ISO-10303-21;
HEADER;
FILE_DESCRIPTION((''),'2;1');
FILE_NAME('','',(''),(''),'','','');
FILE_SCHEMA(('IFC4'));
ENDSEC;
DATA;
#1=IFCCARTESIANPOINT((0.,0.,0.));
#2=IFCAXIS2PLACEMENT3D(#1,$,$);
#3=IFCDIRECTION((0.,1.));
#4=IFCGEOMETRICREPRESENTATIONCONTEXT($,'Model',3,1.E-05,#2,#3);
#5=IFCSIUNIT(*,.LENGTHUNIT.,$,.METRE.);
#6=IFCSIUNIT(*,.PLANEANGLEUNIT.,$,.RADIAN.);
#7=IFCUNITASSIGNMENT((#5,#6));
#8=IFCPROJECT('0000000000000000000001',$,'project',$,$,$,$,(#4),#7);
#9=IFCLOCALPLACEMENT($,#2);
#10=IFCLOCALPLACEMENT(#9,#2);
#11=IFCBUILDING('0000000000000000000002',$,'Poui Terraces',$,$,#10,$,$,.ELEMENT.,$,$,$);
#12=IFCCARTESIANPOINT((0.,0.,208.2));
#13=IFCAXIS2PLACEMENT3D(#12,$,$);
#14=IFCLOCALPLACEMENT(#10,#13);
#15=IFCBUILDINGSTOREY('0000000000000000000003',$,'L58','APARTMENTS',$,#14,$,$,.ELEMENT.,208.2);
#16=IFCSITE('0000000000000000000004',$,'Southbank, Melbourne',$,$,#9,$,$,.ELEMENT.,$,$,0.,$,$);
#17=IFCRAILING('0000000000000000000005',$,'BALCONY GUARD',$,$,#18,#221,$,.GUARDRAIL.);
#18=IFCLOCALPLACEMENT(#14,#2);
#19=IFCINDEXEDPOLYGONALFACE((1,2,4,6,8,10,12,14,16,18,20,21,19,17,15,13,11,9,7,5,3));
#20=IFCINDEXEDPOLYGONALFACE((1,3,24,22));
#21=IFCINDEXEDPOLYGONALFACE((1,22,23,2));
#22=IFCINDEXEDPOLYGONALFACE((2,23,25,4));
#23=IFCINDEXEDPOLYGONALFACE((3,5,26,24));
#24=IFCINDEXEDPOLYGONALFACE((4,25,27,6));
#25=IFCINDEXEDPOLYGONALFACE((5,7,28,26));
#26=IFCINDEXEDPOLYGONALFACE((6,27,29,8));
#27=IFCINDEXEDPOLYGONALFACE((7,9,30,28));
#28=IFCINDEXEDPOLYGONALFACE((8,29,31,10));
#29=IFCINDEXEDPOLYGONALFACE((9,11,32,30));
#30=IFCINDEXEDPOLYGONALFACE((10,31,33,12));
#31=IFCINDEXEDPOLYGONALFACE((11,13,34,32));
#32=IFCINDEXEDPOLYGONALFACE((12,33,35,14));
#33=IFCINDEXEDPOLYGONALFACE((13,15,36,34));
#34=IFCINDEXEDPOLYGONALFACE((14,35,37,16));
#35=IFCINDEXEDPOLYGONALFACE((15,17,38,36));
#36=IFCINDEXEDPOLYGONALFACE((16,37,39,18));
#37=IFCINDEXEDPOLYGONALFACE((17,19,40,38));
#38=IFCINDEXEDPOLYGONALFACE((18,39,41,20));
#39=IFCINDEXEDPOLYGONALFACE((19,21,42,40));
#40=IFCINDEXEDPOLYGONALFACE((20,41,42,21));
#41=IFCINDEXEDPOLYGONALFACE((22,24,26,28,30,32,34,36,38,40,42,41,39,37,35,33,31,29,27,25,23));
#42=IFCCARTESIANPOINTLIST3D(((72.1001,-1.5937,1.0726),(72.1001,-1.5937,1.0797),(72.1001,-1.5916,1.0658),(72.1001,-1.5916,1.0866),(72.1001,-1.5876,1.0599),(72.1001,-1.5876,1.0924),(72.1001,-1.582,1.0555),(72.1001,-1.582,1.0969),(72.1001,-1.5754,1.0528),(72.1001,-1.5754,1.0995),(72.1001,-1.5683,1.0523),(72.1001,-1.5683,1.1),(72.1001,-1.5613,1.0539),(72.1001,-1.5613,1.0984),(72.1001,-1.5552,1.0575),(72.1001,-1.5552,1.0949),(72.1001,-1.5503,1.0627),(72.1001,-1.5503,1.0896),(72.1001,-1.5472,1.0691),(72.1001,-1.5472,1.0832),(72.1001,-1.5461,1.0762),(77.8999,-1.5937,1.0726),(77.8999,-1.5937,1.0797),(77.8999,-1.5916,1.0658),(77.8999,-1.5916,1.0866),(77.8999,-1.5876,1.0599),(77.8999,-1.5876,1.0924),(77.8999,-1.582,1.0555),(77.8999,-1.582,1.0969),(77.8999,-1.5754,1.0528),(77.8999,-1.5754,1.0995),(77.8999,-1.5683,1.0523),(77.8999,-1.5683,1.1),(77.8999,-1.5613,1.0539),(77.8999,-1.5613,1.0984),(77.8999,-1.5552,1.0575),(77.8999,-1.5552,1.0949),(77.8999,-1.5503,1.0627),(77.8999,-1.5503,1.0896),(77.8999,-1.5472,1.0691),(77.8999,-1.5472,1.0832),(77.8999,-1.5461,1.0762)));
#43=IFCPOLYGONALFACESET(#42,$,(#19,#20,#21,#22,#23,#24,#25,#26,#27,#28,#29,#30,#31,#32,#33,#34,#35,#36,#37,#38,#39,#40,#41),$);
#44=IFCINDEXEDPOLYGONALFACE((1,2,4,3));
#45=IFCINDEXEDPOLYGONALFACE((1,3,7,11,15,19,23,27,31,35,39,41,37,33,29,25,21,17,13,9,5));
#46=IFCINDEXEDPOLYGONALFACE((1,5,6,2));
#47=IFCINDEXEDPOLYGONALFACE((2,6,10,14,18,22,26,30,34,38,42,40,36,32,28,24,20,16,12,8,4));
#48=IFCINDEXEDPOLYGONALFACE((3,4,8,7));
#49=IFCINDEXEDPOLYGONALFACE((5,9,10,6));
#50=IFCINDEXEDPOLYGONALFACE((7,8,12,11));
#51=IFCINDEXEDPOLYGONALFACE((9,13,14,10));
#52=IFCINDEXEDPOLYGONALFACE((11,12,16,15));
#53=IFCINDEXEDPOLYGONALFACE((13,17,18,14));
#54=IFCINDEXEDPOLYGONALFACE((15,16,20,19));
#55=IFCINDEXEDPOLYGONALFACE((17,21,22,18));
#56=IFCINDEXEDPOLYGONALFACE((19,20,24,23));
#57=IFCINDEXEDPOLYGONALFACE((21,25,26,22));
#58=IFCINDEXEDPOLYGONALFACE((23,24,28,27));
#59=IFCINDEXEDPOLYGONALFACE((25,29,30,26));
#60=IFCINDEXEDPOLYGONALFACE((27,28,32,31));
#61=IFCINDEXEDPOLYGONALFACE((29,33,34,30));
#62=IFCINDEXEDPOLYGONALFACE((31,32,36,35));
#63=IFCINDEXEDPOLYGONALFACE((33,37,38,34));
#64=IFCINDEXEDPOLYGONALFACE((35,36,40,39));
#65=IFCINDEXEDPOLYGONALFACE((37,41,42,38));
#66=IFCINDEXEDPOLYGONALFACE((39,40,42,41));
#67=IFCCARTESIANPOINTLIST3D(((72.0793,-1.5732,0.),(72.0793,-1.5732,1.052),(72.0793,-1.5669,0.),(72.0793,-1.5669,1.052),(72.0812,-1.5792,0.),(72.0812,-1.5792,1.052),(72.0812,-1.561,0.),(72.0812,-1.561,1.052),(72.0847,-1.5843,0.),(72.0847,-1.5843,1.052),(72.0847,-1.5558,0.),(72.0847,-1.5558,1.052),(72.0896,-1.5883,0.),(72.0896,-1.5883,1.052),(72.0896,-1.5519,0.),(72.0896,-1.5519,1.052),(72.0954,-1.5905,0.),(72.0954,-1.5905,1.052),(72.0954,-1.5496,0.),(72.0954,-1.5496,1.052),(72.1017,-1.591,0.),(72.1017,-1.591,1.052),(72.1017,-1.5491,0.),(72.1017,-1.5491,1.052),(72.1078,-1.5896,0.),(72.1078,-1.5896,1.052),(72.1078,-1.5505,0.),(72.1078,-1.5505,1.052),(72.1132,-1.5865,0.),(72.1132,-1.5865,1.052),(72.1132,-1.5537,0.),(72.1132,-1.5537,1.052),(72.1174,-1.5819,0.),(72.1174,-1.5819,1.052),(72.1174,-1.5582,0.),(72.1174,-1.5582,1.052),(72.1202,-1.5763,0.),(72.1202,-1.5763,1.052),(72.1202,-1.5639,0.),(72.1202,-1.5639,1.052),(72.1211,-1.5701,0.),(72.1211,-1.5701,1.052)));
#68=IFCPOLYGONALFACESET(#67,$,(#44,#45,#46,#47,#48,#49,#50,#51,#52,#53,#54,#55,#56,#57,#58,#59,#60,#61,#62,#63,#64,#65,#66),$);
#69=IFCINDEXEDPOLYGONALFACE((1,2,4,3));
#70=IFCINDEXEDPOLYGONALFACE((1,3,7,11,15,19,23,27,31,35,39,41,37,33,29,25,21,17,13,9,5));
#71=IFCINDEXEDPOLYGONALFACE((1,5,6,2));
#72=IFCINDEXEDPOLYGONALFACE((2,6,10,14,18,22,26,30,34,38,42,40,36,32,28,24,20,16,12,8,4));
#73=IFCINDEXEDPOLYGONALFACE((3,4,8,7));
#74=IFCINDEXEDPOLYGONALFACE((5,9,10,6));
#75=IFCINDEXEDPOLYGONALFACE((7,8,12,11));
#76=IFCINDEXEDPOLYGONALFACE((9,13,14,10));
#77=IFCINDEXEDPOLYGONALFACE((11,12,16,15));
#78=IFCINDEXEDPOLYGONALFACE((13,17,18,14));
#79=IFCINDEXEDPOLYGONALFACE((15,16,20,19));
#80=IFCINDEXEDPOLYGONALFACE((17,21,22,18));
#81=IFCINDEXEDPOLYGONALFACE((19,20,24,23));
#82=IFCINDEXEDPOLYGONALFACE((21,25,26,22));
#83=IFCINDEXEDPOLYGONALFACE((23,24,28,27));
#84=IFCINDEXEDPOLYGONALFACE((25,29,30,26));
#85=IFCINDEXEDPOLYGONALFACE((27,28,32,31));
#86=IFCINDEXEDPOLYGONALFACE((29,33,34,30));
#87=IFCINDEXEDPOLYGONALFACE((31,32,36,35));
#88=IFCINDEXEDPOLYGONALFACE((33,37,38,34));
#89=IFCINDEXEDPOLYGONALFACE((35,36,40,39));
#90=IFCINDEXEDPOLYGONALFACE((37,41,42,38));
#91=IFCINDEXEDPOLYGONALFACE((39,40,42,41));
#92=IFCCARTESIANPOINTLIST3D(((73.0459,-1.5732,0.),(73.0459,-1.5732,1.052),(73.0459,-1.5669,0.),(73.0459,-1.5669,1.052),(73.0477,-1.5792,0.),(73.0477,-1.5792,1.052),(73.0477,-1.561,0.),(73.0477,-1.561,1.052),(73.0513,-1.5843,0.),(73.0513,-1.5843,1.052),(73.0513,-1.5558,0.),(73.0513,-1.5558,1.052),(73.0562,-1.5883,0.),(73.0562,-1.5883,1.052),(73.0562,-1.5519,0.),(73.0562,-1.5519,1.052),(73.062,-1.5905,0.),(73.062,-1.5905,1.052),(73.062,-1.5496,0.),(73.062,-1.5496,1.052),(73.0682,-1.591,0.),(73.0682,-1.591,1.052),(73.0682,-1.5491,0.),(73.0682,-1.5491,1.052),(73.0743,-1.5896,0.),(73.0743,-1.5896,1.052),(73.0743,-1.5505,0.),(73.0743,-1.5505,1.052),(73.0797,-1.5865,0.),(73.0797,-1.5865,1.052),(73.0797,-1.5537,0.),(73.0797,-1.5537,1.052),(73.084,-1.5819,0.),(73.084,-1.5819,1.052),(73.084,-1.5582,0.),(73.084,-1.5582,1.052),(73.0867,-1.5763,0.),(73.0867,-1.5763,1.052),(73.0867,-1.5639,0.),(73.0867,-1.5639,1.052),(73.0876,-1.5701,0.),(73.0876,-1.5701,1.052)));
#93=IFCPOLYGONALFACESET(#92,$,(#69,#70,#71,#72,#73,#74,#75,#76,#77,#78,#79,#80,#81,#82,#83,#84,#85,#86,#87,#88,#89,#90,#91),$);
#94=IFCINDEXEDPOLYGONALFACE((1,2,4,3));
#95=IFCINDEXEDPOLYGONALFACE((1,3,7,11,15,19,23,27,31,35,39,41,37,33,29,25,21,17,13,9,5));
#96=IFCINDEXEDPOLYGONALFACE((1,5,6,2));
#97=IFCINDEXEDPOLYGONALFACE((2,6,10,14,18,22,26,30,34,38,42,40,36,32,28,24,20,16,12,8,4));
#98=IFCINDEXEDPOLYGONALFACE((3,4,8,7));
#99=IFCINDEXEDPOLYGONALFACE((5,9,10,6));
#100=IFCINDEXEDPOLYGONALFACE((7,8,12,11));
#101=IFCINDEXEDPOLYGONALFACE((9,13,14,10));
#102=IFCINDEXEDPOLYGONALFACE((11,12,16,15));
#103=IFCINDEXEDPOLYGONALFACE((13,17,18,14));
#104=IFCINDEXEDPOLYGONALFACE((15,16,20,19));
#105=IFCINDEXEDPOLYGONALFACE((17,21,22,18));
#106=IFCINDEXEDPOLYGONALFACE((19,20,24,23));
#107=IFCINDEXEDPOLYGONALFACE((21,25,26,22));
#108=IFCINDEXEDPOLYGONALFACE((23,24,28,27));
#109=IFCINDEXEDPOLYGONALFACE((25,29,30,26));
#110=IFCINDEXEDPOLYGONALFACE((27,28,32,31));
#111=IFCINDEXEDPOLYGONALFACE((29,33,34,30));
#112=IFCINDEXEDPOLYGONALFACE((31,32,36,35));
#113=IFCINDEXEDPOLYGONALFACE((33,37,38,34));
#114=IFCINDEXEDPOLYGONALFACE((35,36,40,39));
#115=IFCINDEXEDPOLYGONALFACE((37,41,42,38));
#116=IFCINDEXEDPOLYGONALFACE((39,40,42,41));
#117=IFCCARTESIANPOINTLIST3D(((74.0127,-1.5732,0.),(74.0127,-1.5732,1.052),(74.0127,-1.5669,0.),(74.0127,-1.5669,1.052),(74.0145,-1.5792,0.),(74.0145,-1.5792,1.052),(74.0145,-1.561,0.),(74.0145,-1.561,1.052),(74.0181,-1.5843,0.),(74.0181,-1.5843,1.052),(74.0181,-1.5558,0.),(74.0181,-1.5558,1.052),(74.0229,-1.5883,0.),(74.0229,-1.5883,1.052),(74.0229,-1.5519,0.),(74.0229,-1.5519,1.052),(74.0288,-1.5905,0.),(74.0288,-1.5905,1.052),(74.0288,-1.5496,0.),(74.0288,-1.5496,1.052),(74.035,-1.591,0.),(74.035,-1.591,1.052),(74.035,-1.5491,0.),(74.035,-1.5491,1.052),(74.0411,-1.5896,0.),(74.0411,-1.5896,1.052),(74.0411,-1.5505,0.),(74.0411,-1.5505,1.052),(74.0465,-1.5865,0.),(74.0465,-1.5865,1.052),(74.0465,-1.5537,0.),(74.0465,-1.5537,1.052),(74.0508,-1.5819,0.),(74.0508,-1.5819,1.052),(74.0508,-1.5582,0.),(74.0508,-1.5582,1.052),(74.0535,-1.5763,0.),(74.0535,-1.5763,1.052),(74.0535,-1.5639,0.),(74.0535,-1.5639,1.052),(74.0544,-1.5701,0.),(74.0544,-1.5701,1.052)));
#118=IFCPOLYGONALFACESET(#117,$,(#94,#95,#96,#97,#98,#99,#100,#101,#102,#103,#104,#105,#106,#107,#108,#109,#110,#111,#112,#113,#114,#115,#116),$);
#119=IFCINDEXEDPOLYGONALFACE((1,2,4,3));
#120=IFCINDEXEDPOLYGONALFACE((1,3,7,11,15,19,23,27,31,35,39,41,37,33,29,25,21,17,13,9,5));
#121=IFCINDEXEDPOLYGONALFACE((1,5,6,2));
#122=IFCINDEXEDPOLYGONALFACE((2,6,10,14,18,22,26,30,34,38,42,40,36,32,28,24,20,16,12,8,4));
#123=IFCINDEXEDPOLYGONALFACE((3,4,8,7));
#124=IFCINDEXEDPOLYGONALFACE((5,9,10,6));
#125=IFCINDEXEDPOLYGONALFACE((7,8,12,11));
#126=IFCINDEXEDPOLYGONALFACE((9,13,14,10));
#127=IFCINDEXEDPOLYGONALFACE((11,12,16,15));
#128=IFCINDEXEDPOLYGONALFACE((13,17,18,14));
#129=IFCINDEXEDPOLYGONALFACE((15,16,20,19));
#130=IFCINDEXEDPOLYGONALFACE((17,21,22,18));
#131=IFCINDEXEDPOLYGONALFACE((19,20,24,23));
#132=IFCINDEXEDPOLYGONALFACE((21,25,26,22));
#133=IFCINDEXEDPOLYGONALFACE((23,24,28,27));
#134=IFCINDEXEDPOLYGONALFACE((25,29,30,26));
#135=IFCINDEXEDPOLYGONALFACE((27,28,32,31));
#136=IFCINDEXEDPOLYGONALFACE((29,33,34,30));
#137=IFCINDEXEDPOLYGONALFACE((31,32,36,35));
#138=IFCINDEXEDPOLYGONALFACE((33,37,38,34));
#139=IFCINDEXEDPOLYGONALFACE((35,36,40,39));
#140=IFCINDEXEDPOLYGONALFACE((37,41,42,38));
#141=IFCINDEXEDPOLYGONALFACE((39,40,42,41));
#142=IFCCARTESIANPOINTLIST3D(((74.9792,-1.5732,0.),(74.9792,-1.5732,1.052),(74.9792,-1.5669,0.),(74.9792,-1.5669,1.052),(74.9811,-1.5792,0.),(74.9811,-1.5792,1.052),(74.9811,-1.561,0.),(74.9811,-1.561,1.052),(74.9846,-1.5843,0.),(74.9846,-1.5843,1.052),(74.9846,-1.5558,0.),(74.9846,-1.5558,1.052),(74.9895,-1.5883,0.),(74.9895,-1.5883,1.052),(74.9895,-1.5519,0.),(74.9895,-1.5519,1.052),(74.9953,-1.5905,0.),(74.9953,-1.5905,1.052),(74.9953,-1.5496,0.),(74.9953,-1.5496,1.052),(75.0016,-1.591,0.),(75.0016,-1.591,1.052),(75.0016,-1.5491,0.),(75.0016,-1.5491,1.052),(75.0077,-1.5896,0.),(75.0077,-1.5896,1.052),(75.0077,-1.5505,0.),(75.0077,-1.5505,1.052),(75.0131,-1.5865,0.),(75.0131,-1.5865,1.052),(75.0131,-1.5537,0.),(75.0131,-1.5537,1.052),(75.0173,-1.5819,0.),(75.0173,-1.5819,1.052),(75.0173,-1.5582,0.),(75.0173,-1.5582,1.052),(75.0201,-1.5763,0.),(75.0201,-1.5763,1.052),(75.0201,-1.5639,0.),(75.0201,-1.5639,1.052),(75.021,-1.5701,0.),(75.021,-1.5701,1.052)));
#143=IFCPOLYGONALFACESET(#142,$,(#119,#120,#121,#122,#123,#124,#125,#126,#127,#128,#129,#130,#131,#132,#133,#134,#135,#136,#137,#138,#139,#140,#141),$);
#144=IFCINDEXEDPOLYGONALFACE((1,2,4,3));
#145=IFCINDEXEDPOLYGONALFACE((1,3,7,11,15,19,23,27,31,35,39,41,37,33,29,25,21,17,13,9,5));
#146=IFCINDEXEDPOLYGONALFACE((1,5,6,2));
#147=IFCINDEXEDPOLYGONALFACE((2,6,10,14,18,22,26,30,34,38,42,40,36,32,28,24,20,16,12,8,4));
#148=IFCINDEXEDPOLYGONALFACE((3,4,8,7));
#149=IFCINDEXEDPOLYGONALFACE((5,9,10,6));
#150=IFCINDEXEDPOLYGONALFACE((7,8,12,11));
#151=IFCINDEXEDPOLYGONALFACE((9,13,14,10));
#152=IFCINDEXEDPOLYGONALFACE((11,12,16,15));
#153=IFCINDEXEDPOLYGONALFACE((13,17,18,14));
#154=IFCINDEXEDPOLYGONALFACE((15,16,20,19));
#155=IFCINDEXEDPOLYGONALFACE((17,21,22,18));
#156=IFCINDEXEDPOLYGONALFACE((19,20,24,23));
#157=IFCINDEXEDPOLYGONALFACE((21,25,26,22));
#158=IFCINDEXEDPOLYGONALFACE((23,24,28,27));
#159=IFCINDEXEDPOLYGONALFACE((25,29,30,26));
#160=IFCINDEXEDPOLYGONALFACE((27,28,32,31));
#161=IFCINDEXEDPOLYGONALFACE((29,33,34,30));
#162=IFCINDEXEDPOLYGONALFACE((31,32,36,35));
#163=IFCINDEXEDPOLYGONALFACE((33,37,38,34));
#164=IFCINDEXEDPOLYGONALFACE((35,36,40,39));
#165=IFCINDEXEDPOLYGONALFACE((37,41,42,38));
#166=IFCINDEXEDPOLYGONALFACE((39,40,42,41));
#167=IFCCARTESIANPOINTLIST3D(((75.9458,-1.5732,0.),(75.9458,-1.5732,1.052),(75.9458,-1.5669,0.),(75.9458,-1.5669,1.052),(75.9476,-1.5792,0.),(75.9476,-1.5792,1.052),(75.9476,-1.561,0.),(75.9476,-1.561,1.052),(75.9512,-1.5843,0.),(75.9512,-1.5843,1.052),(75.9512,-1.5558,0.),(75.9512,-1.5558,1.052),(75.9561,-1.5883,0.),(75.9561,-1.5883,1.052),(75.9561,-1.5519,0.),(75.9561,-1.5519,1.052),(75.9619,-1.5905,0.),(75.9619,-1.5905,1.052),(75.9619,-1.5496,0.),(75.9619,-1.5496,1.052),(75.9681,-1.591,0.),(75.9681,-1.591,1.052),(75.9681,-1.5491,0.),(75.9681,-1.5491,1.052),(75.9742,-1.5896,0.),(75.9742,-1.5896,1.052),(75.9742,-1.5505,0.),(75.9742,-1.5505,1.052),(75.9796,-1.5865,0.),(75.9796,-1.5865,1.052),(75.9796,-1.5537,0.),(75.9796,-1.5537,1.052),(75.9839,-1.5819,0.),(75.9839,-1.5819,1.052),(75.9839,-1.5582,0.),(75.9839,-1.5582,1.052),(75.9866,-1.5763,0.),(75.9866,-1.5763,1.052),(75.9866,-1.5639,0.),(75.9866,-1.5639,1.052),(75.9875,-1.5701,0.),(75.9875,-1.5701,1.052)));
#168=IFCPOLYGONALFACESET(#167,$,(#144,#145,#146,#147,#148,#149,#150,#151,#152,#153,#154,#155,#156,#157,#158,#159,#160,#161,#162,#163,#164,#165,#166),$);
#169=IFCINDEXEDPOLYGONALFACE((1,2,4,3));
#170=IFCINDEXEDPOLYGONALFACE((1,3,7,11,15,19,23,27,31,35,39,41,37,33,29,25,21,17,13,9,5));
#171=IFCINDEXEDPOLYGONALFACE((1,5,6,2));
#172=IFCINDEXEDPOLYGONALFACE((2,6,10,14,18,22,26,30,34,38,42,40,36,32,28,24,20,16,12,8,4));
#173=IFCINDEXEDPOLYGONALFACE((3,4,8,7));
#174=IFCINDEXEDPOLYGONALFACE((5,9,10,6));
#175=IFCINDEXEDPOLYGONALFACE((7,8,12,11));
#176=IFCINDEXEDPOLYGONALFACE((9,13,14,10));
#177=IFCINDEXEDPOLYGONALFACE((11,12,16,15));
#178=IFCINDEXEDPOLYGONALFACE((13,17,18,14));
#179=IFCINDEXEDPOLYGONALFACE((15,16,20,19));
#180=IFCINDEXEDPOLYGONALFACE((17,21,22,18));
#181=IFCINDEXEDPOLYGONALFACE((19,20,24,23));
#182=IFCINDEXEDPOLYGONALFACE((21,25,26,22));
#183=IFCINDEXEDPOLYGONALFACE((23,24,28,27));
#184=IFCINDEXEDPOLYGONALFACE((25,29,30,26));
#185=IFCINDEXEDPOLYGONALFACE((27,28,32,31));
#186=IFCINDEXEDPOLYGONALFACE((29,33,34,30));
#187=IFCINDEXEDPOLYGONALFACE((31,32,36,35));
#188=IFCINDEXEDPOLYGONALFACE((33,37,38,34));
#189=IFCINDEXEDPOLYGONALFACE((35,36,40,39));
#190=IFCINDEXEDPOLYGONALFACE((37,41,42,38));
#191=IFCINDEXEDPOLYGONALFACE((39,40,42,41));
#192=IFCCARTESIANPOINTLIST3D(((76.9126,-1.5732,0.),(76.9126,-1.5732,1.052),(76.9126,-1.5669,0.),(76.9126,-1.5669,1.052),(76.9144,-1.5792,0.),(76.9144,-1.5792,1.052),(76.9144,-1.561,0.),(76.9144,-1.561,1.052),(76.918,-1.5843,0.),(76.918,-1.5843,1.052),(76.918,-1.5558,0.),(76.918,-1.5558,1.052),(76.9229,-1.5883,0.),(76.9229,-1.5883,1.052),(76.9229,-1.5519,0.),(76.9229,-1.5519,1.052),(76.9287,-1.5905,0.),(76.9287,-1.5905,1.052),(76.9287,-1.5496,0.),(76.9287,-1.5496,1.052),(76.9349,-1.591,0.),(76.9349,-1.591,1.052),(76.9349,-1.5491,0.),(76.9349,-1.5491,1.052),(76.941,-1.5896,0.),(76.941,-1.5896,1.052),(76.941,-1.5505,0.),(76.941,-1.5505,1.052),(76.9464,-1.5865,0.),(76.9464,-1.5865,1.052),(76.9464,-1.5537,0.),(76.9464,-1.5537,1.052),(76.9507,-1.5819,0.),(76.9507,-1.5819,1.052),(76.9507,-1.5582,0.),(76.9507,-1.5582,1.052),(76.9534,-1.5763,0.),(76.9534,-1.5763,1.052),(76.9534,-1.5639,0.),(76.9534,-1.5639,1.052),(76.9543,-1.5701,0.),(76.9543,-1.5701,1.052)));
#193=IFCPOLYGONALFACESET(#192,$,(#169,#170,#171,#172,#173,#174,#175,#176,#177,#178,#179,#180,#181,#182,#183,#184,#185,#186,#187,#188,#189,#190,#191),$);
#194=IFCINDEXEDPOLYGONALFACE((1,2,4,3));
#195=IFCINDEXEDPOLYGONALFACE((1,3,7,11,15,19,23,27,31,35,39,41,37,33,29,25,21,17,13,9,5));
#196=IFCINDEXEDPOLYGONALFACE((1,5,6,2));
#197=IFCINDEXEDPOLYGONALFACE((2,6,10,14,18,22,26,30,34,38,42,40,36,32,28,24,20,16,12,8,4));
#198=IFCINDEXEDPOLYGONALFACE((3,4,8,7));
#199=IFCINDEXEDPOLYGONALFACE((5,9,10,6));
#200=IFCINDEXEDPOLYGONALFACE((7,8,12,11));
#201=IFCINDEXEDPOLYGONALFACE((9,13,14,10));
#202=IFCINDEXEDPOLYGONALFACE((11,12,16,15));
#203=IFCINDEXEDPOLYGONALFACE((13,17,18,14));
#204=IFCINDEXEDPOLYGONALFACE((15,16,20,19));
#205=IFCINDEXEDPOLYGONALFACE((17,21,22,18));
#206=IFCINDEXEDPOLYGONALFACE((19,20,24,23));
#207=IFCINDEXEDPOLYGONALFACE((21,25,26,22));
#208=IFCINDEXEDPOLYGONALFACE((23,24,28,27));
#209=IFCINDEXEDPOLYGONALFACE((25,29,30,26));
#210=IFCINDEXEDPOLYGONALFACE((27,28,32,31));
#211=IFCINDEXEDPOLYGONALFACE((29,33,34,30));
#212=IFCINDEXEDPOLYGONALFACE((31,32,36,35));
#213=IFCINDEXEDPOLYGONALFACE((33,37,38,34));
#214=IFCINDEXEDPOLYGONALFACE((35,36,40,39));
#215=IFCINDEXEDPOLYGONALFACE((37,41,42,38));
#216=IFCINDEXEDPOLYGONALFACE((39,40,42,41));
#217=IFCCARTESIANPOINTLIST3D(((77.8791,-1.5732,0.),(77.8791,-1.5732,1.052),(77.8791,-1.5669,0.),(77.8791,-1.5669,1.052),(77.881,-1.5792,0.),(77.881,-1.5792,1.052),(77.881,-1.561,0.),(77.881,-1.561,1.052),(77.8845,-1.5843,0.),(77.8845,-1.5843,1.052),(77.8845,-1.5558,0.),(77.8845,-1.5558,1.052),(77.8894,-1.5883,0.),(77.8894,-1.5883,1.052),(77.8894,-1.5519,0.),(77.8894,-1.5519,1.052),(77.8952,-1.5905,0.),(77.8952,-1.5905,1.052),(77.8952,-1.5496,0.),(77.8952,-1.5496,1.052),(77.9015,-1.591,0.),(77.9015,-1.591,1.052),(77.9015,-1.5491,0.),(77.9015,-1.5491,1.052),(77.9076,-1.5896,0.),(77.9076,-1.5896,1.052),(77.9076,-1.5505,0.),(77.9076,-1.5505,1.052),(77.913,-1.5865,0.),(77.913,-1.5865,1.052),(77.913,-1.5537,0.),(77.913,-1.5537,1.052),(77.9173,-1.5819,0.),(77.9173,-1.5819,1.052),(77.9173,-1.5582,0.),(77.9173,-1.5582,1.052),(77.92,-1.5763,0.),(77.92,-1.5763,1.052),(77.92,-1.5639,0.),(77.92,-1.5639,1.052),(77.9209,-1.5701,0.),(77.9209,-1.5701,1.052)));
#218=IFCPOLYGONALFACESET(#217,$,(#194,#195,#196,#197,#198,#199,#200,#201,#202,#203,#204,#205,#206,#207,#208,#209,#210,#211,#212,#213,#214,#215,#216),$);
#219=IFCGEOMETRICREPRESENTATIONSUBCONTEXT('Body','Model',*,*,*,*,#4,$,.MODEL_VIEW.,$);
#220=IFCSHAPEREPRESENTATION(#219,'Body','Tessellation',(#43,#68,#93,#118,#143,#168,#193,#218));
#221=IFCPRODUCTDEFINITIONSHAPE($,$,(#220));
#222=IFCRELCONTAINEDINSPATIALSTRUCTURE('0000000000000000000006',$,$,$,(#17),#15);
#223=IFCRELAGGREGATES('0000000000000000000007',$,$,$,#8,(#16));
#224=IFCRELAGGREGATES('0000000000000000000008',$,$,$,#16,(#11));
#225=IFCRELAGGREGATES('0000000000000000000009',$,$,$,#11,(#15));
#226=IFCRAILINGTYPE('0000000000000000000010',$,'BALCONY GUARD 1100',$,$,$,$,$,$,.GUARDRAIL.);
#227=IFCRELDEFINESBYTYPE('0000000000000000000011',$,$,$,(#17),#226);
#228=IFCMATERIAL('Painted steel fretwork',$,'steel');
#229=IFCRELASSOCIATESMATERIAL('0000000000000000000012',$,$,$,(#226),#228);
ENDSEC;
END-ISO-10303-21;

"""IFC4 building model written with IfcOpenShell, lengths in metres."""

from ifc_helpers import new_model, si_unit, direction, frame, origin, origin_2d, place, context, subcontext, project, spatial, circle, extrude, material, type_object, element, save


model = new_model("IFC4")

# Units and contexts
model_context = context("Model", 3, precision=1e-05, world=origin(), true_north=direction((0.0, 1.0)))
body_context = subcontext(model_context, "Body", "Model", "MODEL_VIEW")
ifc_project = project(units=[si_unit("LENGTHUNIT", "METRE"), si_unit("PLANEANGLEUNIT", "RADIAN")], contexts=[model_context])

# Site, building, storey
site_placement = place(None, origin())
site = spatial("IfcSite", under=ifc_project, at=site_placement, Name="Southbank, Melbourne", CompositionType="ELEMENT", RefElevation=0.0)
building_placement = place(site_placement, origin())
building = spatial("IfcBuilding", under=site, at=building_placement, Name="Poui Terraces", CompositionType="ELEMENT")
storey_placement = place(building_placement, frame((0.0, 0.0, 208.2)))
storey = spatial("IfcBuildingStorey", under=building, at=storey_placement, Name="L58", Description="APARTMENTS", CompositionType="ELEMENT", Elevation=208.2)

# Railing
ifc_material_1 = material(Name="Painted steel fretwork", Category="steel")
railing_type = type_object("IfcRailingType", Name="BALCONY GUARD 1100", PredefinedType="GUARDRAIL", material=ifc_material_1)
railing_placement = place(storey_placement, frame((72.1001, -1.5701, 0.0)))
element("IfcRailing", 1, at=railing_placement, inside=storey, type_object=railing_type, Name="BALCONY GUARD", PredefinedType="GUARDRAIL", context=body_context, shape_type="SweptSolid", body=[
    extrude(circle(Radius=0.0239, at=origin_2d()), frame((0.0, 0.0, 1.0762), z_axis=(1.0, 0.0, 0.0), x_axis=(0.0, 1.0, 0.0)), (0.0, 0.0, 1.0), 5.7998),
    extrude(circle(Radius=0.021, at=origin_2d()), origin(), (0.0, 0.0, 1.0), 1.052),
    extrude(circle(Radius=0.021, at=origin_2d()), frame((0.9666, 0.0, 0.0)), (0.0, 0.0, 1.0), 1.052),
    extrude(circle(Radius=0.021, at=origin_2d()), frame((1.9333, 0.0, 0.0)), (0.0, 0.0, 1.0), 1.052),
    extrude(circle(Radius=0.021, at=origin_2d()), frame((2.8999, 0.0, 0.0)), (0.0, 0.0, 1.0), 1.052),
    extrude(circle(Radius=0.021, at=origin_2d()), frame((3.8665, 0.0, 0.0)), (0.0, 0.0, 1.0), 1.052),
    extrude(circle(Radius=0.021, at=origin_2d()), frame((4.8333, 0.0, 0.0)), (0.0, 0.0, 1.0), 1.052),
    extrude(circle(Radius=0.021, at=origin_2d()), frame((5.7998, 0.0, 0.0)), (0.0, 0.0, 1.0), 1.052),
])

save(model, "model.ifc")
